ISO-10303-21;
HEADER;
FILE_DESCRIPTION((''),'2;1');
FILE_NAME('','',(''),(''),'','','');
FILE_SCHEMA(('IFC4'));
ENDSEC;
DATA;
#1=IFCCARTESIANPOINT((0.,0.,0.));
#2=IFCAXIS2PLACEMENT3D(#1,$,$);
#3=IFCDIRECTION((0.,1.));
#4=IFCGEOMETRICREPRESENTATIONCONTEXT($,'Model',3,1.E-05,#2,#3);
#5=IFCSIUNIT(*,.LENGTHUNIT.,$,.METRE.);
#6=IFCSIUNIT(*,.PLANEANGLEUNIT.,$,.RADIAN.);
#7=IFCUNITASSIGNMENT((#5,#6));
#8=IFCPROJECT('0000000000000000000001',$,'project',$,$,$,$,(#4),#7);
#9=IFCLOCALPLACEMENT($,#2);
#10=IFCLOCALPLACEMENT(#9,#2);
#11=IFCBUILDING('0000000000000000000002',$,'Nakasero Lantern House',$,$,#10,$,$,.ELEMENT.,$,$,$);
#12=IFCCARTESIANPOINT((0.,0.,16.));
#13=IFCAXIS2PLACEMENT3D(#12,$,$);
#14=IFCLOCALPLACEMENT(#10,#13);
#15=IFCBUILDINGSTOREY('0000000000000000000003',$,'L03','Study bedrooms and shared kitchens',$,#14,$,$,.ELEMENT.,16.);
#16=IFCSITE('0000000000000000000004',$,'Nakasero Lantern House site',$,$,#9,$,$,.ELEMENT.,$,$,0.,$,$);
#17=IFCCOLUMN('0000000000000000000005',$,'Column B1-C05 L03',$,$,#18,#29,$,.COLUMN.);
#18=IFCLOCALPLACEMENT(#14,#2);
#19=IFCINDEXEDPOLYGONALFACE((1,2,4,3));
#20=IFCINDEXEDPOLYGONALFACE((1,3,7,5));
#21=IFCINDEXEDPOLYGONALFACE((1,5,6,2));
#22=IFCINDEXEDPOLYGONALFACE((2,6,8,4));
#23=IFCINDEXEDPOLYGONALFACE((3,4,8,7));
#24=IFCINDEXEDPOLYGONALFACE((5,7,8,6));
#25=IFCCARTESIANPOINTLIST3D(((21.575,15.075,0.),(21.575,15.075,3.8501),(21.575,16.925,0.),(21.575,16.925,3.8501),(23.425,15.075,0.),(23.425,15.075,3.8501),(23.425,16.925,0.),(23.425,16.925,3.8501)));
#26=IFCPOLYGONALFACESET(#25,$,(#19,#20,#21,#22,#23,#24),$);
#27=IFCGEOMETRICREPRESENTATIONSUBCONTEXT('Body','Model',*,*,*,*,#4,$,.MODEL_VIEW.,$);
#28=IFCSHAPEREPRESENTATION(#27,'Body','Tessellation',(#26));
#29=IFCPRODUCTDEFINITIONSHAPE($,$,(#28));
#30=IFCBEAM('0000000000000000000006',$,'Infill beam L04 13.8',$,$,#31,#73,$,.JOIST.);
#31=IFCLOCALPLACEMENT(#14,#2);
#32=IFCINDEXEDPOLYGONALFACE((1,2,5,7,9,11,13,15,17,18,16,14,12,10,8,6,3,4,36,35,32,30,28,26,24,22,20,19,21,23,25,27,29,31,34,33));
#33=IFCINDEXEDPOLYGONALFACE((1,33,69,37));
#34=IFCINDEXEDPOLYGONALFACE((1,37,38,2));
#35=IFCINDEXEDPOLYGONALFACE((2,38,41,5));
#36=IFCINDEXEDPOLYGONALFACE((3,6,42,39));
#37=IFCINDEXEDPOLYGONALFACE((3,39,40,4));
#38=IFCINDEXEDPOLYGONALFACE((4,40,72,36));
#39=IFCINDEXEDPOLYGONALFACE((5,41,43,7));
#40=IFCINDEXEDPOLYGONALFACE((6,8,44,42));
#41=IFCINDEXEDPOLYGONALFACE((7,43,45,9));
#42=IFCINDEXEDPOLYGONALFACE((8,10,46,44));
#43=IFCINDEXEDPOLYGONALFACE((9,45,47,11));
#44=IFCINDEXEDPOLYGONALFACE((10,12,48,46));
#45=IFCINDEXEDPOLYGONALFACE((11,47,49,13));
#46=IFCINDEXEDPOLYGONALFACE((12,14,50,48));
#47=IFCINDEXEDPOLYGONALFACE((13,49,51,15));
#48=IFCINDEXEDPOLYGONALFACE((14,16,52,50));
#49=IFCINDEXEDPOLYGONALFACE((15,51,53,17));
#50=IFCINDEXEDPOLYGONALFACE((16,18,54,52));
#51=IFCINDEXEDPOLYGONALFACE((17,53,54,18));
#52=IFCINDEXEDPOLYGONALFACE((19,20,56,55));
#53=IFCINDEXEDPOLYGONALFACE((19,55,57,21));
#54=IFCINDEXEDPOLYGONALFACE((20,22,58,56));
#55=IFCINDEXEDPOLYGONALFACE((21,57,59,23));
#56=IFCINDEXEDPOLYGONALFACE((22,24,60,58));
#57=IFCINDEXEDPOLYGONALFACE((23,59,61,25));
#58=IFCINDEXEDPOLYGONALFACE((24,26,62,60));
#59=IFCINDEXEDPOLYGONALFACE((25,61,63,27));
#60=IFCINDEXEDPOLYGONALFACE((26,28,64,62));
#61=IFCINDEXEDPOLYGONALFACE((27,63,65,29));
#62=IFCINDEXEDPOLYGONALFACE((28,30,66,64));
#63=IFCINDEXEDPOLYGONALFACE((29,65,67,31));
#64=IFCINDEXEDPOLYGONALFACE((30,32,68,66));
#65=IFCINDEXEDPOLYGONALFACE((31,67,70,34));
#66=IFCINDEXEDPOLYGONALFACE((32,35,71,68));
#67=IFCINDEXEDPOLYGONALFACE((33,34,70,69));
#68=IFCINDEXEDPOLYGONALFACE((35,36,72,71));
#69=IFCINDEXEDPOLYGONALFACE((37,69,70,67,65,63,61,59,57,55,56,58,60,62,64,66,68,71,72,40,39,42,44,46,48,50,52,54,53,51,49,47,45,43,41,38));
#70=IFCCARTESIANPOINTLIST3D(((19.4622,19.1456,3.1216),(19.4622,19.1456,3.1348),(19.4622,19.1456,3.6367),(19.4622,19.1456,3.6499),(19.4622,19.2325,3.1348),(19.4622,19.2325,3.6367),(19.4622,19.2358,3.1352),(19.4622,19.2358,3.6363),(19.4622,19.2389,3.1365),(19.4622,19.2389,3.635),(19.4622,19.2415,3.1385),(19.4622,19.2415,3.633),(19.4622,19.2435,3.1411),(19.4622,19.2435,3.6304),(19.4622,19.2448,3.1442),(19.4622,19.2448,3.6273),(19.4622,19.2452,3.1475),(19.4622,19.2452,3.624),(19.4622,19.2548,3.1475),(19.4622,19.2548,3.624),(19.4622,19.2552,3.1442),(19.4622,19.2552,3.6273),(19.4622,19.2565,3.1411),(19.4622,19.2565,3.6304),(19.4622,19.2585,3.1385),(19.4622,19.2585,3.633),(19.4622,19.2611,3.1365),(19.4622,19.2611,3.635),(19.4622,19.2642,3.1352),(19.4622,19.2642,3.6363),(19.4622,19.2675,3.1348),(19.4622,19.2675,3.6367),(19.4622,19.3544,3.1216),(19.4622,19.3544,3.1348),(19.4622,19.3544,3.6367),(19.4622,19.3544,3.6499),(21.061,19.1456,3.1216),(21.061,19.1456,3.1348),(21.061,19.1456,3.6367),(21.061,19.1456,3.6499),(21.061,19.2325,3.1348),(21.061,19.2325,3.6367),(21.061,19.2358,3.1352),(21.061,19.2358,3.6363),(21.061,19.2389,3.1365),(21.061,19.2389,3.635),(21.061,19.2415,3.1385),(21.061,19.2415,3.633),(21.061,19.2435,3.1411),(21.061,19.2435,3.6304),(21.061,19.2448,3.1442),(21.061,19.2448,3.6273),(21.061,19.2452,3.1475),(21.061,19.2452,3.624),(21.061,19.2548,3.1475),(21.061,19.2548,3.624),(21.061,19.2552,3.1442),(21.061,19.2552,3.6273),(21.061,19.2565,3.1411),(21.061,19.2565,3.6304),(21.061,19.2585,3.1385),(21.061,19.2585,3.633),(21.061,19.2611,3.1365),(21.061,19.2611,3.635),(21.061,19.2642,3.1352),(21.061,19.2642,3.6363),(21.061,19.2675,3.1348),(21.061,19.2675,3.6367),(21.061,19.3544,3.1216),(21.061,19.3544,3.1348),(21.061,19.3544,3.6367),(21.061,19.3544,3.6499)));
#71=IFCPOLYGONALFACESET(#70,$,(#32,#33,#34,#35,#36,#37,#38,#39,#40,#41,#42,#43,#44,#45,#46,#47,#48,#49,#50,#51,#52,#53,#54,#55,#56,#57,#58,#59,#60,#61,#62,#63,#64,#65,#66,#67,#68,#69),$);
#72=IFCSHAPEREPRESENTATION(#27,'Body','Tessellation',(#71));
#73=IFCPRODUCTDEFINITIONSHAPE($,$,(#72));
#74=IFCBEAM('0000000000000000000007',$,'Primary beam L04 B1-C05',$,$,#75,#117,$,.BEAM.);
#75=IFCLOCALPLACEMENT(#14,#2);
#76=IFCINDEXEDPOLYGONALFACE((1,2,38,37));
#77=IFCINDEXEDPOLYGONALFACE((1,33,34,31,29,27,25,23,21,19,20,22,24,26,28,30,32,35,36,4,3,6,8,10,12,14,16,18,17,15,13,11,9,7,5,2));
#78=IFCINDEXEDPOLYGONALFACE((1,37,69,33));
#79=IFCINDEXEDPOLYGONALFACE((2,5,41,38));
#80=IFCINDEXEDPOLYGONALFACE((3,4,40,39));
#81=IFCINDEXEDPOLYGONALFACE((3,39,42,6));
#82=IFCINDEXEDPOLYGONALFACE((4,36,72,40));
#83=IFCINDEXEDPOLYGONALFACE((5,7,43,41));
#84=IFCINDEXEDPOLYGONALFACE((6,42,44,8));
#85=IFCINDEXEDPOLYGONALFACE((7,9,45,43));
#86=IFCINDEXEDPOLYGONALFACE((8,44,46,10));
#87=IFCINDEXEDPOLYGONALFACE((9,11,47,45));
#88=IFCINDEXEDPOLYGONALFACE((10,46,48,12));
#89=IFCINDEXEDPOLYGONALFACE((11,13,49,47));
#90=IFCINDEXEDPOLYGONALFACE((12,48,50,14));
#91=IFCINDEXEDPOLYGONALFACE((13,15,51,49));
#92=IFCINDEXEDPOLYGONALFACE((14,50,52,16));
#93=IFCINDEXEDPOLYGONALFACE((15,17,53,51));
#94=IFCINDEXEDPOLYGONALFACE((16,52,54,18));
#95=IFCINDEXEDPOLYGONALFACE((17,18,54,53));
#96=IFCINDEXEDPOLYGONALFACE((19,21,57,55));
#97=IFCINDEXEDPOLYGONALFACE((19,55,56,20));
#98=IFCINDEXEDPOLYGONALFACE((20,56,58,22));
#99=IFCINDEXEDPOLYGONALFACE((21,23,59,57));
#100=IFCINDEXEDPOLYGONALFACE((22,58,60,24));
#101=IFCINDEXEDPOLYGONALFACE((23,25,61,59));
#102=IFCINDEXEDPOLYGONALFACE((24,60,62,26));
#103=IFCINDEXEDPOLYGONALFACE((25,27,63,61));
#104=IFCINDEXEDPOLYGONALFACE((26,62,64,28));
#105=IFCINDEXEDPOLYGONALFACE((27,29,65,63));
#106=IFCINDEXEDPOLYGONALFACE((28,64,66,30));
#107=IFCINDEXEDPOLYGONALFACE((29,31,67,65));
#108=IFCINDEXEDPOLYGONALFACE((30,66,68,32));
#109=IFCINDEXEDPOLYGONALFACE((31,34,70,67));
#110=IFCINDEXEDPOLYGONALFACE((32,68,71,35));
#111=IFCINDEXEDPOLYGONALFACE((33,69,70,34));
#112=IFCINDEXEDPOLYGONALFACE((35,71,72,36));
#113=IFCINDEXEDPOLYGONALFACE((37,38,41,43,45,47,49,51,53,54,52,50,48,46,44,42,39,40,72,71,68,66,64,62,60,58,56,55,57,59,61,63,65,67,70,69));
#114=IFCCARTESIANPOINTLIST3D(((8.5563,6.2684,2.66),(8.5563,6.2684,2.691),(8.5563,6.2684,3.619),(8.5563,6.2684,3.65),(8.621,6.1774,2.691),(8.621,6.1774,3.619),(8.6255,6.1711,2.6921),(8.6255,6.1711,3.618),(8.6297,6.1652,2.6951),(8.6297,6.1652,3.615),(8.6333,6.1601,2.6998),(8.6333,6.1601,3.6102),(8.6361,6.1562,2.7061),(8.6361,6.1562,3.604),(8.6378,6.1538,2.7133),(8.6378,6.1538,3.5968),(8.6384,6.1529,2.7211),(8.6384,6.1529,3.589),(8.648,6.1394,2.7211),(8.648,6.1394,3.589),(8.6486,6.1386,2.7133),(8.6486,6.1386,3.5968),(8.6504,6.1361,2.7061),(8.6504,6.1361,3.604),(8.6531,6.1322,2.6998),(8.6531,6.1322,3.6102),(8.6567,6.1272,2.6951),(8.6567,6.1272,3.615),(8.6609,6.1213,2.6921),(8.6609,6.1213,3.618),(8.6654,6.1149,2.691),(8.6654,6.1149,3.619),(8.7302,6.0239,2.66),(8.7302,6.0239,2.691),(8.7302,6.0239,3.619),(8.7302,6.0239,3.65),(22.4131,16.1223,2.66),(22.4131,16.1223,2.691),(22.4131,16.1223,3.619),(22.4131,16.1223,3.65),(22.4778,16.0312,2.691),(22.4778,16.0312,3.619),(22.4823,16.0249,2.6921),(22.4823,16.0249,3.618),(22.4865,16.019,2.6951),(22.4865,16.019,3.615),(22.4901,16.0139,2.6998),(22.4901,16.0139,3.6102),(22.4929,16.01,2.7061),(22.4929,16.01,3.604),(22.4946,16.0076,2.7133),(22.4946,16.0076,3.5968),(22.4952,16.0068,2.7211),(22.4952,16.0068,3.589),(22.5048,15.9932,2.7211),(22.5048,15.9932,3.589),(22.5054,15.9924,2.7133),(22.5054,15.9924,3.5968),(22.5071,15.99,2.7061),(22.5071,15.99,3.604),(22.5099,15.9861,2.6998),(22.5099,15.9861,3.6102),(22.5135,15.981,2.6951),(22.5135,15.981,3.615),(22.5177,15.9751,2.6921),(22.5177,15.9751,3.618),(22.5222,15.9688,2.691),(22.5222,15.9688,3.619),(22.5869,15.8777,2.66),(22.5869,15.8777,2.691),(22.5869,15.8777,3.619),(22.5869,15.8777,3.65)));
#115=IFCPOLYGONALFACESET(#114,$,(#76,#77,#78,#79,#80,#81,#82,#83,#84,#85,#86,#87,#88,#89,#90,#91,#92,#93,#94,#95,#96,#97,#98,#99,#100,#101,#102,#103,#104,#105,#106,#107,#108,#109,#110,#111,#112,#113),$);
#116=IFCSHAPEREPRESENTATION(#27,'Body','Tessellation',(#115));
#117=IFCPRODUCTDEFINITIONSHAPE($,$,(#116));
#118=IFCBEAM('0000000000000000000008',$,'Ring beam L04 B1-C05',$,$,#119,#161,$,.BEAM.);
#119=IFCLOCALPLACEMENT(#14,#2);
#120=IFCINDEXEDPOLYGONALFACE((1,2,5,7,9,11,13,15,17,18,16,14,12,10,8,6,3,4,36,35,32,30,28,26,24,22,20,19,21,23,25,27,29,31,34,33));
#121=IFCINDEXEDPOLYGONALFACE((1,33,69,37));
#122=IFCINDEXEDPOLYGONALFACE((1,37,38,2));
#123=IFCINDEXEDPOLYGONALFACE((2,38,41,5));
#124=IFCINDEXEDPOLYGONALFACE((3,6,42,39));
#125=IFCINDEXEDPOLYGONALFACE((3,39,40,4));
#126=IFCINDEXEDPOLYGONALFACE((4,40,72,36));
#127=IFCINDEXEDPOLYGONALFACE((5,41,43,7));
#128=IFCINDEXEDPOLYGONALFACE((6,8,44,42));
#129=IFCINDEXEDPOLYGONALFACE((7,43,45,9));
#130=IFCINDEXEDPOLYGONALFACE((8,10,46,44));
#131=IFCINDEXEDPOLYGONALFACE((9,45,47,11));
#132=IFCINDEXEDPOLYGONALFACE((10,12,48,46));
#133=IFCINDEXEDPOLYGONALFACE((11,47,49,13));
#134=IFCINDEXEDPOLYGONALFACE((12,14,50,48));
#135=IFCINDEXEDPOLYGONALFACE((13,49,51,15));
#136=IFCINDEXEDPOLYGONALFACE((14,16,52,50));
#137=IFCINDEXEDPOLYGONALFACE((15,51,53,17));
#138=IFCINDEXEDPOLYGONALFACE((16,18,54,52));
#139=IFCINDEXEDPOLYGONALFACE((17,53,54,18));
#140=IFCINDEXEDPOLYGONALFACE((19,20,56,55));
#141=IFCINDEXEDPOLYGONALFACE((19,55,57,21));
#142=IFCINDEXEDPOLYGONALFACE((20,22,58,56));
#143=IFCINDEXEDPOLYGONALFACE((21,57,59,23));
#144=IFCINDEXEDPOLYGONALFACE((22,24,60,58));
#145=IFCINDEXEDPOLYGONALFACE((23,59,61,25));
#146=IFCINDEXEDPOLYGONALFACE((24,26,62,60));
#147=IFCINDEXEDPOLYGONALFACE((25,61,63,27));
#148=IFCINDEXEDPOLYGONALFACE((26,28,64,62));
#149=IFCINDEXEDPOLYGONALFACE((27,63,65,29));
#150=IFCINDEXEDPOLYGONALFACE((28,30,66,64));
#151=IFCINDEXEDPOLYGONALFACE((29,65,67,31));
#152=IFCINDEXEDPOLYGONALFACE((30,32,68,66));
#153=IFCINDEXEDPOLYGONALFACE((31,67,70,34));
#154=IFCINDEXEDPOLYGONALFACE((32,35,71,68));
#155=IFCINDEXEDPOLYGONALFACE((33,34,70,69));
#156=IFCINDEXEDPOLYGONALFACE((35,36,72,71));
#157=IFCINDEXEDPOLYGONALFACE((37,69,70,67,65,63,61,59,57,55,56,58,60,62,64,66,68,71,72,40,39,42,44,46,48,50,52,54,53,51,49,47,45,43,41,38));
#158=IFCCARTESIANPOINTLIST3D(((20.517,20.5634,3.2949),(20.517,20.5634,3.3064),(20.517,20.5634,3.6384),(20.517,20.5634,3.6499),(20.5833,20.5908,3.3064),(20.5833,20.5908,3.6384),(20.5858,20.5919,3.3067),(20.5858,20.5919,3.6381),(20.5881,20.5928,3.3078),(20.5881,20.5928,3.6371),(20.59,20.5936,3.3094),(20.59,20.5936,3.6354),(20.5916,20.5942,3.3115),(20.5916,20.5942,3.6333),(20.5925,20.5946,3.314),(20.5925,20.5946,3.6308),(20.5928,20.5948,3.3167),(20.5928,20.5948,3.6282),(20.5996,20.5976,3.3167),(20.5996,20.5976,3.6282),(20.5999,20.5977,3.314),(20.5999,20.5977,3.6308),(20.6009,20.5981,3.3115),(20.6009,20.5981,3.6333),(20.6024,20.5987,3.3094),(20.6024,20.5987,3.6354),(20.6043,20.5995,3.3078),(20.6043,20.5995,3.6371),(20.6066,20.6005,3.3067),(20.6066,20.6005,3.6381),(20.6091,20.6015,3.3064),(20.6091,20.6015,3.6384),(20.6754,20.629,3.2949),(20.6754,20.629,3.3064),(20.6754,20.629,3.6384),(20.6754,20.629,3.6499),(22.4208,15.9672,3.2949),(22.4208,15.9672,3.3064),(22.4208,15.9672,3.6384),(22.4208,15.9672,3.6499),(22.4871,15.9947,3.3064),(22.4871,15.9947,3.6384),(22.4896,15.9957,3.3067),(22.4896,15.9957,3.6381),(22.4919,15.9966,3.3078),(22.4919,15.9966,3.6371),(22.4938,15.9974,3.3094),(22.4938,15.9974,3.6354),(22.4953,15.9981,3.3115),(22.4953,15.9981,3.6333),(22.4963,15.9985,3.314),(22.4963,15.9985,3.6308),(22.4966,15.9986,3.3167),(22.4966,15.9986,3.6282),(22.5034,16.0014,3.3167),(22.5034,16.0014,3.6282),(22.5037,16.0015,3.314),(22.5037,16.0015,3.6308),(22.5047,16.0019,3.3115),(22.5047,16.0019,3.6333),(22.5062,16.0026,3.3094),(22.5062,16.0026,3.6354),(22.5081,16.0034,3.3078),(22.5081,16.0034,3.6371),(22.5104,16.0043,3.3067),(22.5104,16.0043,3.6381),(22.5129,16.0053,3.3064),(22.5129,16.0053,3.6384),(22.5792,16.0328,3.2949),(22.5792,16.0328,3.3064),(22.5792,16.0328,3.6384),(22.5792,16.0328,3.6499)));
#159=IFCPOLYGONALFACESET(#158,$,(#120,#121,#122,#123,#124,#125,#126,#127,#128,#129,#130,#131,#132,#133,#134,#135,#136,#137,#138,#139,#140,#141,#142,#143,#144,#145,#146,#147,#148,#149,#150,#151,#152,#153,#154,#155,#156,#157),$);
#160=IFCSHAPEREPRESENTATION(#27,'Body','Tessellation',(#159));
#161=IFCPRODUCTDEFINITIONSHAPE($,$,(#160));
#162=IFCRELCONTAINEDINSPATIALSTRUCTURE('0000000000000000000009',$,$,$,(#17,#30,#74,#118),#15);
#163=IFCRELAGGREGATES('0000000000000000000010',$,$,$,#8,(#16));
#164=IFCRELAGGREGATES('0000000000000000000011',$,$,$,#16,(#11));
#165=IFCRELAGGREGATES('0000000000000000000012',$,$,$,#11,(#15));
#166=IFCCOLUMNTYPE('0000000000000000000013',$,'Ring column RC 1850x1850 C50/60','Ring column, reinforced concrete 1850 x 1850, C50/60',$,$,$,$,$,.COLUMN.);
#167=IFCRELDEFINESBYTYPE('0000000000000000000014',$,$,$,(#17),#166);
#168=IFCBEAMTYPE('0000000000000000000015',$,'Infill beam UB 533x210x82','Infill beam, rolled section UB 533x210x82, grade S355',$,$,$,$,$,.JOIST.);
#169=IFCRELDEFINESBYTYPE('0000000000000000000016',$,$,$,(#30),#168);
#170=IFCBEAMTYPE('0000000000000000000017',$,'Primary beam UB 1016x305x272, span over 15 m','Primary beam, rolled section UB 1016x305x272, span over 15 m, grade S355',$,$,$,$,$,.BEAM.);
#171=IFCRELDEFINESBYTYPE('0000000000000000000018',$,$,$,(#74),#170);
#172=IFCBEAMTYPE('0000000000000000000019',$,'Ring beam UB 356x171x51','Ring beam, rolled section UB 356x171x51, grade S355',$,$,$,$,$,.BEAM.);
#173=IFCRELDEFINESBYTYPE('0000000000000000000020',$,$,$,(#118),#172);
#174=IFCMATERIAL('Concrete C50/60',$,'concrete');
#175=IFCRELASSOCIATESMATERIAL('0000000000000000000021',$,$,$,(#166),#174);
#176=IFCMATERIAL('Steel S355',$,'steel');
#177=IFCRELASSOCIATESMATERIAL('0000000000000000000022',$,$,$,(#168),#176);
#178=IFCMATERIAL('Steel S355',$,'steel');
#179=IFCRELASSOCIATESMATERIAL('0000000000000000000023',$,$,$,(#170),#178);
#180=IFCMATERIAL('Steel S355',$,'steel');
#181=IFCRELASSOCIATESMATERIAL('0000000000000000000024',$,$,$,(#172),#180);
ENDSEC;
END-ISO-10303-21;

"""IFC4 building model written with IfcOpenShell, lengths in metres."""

from ifc_helpers import new_model, si_unit, direction, frame, origin, origin_2d, place, context, subcontext, project, spatial, rectangle, i_section, extrude, material, material_profile, profile_set, type_object, element, save


model = new_model("IFC4")

# Units and contexts
model_context = context("Model", 3, precision=1e-05, world=origin(), true_north=direction((0.0, 1.0)))
body_context = subcontext(model_context, "Body", "Model", "MODEL_VIEW")
ifc_project = project(units=[si_unit("LENGTHUNIT", "METRE"), si_unit("PLANEANGLEUNIT", "RADIAN")], contexts=[model_context])

# Site, building, storey
site_placement = place(None, origin())
site = spatial("IfcSite", under=ifc_project, at=site_placement, Name="Nakasero Lantern House site", CompositionType="ELEMENT", RefElevation=0.0)
building_placement = place(site_placement, origin())
building = spatial("IfcBuilding", under=site, at=building_placement, Name="Nakasero Lantern House", CompositionType="ELEMENT")
storey_placement = place(building_placement, frame((0.0, 0.0, 16.0)))
storey = spatial("IfcBuildingStorey", under=building, at=storey_placement, Name="L03", Description="Study bedrooms and shared kitchens", CompositionType="ELEMENT", Elevation=16.0)

# Column
ifc_material_1 = material(Name="Concrete C50/60", Category="concrete")
ifc_material_profile_1 = material_profile(ifc_material_1, rectangle(XDim=1.8501, YDim=1.8501, at=origin_2d()), Name="RC 1850x1850")
ifc_profile_set_1 = profile_set([ifc_material_profile_1], Name="Concrete C50/60")
column_type = type_object("IfcColumnType", Name="Ring column RC 1850x1850 C50/60", Description="Ring column, reinforced concrete 1850 x 1850, C50/60", PredefinedType="COLUMN", material=ifc_profile_set_1)
column_placement = place(storey_placement, frame((22.5, 16.0, 0.0), z_axis=(0.0, 0.0, 1.0), x_axis=(1.0, 0.0, 0.0)))
element("IfcColumn", 1, at=column_placement, inside=storey, type_object=column_type, Name="Column B1-C05 L03", PredefinedType="COLUMN", context=body_context, shape_type="SweptSolid", body=[
    extrude(rectangle(XDim=1.8501, YDim=1.8501, at=origin_2d()), origin(), (0.0, 0.0, 1.0), 3.8501),
])

# Beams
ifc_material_2 = material(Name="Steel S355", Category="steel")
ifc_material_profile_2 = material_profile(ifc_material_2, i_section(OverallWidth=0.2087, OverallDepth=0.5283, WebThickness=0.0095, FlangeThickness=0.0132, FilletRadius=0.0127, at=origin_2d()), Name="UB 533x210x82")
ifc_profile_set_2 = profile_set([ifc_material_profile_2], Name="Steel S355")
beam_type_1 = type_object("IfcBeamType", Name="Infill beam UB 533x210x82", Description="Infill beam, rolled section UB 533x210x82, grade S355", PredefinedType="JOIST", material=ifc_profile_set_2)
beam_1_placement = place(storey_placement, frame((19.4622, 19.25, 3.3857), z_axis=(1.0, 0.0, 0.0), x_axis=(0.0, 1.0, 0.0)))
element("IfcBeam", 2, at=beam_1_placement, inside=storey, type_object=beam_type_1, Name="Infill beam L04 13.8", PredefinedType="JOIST", context=body_context, shape_type="SweptSolid", body=[
    extrude(i_section(OverallWidth=0.2087, OverallDepth=0.5283, WebThickness=0.0095, FlangeThickness=0.0132, FilletRadius=0.0127, at=origin_2d()), origin(), (0.0, 0.0, 1.0), 1.5989),
])
ifc_material_3 = material(Name="Steel S355", Category="steel")
ifc_material_profile_3 = material_profile(ifc_material_3, i_section(OverallWidth=0.3, OverallDepth=0.99, WebThickness=0.0166, FlangeThickness=0.031, FilletRadius=0.03, at=origin_2d()), Name="UB 1016x305x272")
ifc_profile_set_3 = profile_set([ifc_material_profile_3], Name="Steel S355")
beam_type_2 = type_object("IfcBeamType", Name="Primary beam UB 1016x305x272, span over 15 m", Description="Primary beam, rolled section UB 1016x305x272, span over 15 m, grade S355", PredefinedType="BEAM", material=ifc_profile_set_3)
beam_2_placement = place(storey_placement, frame((22.5, 16.0, 3.155), z_axis=(-0.814952, -0.579528, 0.0), x_axis=(0.579528, -0.814952, 0.0)))
element("IfcBeam", 3, at=beam_2_placement, inside=storey, type_object=beam_type_2, Name="Primary beam L04 B1-C05", PredefinedType="BEAM", context=body_context, shape_type="SweptSolid", body=[
    extrude(i_section(OverallWidth=0.3, OverallDepth=0.99, WebThickness=0.0166, FlangeThickness=0.031, FilletRadius=0.03, at=origin_2d()), origin(), (0.0, 0.0, 1.0), 17.0032),
])
ifc_material_4 = material(Name="Steel S355", Category="steel")
ifc_material_profile_4 = material_profile(ifc_material_4, i_section(OverallWidth=0.1714, OverallDepth=0.355, WebThickness=0.0073, FlangeThickness=0.0115, FilletRadius=0.0103, at=origin_2d()), Name="UB 356x171x51")
ifc_profile_set_4 = profile_set([ifc_material_profile_4], Name="Steel S355")
beam_type_3 = type_object("IfcBeamType", Name="Ring beam UB 356x171x51", Description="Ring beam, rolled section UB 356x171x51, grade S355", PredefinedType="BEAM", material=ifc_profile_set_4)
beam_3_placement = place(storey_placement, frame((22.5, 16.0, 3.4724), z_axis=(-0.382684, 0.923879, 0.0), x_axis=(-0.923879, -0.382684, 0.0)))
element("IfcBeam", 4, at=beam_3_placement, inside=storey, type_object=beam_type_3, Name="Ring beam L04 B1-C05", PredefinedType="BEAM", context=body_context, shape_type="SweptSolid", body=[
    extrude(i_section(OverallWidth=0.1714, OverallDepth=0.355, WebThickness=0.0073, FlangeThickness=0.0115, FilletRadius=0.0103, at=origin_2d()), origin(), (0.0, 0.0, 1.0), 4.9749),
])

save(model, "model.ifc")
